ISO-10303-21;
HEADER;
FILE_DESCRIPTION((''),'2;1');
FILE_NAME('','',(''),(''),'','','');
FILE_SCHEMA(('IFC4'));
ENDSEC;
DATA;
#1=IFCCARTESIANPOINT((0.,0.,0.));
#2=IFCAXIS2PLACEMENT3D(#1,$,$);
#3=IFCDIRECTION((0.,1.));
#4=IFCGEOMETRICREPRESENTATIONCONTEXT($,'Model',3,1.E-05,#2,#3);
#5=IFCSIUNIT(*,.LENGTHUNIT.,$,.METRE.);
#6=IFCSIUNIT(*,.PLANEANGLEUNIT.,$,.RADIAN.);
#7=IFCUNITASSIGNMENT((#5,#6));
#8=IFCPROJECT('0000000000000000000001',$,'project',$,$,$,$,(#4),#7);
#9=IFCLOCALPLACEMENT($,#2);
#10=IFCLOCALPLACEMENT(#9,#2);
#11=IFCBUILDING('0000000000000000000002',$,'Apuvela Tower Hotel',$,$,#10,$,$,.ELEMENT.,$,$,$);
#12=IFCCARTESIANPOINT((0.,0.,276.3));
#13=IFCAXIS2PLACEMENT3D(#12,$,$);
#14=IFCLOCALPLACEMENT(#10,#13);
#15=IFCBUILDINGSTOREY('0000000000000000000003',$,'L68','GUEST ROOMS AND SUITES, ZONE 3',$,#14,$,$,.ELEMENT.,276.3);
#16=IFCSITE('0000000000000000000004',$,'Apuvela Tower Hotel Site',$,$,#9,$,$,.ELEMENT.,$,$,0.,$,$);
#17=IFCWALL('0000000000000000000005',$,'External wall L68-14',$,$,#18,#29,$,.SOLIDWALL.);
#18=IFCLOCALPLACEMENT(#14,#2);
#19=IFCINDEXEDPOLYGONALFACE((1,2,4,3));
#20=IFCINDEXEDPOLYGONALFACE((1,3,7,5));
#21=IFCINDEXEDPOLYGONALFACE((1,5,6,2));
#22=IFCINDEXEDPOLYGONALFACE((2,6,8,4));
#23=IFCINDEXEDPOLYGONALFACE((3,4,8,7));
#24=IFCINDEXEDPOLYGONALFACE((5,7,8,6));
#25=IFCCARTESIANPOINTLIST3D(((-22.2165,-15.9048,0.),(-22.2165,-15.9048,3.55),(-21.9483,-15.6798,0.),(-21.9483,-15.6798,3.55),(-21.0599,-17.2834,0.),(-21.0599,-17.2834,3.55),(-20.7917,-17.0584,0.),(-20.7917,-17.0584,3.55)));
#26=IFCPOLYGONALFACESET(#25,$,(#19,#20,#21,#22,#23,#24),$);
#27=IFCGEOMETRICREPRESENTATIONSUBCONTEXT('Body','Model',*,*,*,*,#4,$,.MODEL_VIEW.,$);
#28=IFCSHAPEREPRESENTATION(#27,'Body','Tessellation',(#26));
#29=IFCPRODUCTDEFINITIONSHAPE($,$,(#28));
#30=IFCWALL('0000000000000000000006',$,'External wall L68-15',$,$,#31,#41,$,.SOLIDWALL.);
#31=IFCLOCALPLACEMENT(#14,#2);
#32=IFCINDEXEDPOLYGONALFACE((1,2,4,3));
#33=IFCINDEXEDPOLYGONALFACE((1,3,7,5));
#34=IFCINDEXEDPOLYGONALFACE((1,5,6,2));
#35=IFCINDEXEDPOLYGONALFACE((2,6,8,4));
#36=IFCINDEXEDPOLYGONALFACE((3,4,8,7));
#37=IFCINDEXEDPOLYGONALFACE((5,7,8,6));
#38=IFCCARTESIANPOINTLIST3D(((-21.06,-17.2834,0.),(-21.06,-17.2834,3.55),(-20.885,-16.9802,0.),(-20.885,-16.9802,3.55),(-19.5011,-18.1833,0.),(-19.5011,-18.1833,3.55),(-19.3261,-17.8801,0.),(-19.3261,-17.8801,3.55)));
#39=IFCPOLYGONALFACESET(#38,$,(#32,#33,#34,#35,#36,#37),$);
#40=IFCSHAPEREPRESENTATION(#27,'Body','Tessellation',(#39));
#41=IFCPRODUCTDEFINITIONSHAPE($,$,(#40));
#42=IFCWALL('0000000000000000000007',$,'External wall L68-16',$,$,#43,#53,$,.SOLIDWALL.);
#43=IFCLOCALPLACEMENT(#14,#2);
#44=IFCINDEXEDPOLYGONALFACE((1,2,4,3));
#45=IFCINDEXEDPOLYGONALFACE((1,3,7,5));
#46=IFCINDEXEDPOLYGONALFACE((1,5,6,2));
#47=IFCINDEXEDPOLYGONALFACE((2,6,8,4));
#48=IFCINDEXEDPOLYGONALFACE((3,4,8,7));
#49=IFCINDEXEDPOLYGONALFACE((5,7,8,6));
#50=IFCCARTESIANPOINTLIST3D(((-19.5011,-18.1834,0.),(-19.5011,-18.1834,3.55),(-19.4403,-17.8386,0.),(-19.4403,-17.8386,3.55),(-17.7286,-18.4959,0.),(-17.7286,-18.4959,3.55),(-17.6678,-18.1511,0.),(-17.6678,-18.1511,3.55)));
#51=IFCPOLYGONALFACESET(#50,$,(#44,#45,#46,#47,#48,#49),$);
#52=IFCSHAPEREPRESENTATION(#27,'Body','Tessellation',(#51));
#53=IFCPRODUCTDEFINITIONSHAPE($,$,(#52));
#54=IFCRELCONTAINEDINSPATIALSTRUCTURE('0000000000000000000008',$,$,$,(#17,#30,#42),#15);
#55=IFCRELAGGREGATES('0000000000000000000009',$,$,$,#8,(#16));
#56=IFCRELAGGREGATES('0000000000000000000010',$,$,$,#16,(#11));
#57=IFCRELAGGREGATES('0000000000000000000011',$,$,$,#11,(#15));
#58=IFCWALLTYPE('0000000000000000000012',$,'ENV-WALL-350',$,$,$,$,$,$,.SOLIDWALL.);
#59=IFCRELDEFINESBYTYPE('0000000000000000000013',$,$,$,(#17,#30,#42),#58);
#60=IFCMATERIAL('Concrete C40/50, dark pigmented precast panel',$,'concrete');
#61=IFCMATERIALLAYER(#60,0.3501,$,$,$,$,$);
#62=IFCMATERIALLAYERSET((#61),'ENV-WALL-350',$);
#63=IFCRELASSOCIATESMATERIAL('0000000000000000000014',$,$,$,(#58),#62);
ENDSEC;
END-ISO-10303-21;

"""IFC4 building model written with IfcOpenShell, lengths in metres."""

from ifc_helpers import new_model, si_unit, direction, frame, frame_2d, origin, place, context, subcontext, project, spatial, rectangle, extrude, material, layer, layer_set, type_object, element, save


model = new_model("IFC4")

# Units and contexts
model_context = context("Model", 3, precision=1e-05, world=origin(), true_north=direction((0.0, 1.0)))
body_context = subcontext(model_context, "Body", "Model", "MODEL_VIEW")
ifc_project = project(units=[si_unit("LENGTHUNIT", "METRE"), si_unit("PLANEANGLEUNIT", "RADIAN")], contexts=[model_context])

# Site, building, storey
site_placement = place(None, origin())
site = spatial("IfcSite", under=ifc_project, at=site_placement, Name="Apuvela Tower Hotel Site", CompositionType="ELEMENT", RefElevation=0.0)
building_placement = place(site_placement, origin())
building = spatial("IfcBuilding", under=site, at=building_placement, Name="Apuvela Tower Hotel", CompositionType="ELEMENT")
storey_placement = place(building_placement, frame((0.0, 0.0, 276.3)))
storey = spatial("IfcBuildingStorey", under=building, at=storey_placement, Name="L68", Description="GUEST ROOMS AND SUITES, ZONE 3", CompositionType="ELEMENT", Elevation=276.3)

# Walls
ifc_material_1 = material(Name="Concrete C40/50, dark pigmented precast panel", Category="concrete")
ifc_layer_1 = layer(ifc_material_1, 0.3501)
ifc_layer_set_1 = layer_set([ifc_layer_1], Name="ENV-WALL-350")
wall_type_1 = type_object("IfcWallType", Name="ENV-WALL-350", PredefinedType="SOLIDWALL", material=ifc_layer_set_1)
wall_1_placement = place(storey_placement, frame((-22.0825, -15.7922, 0.0), z_axis=(0.0, 0.0, 1.0), x_axis=(0.642756, -0.766071, 0.0)))
element("IfcWall", 1, at=wall_1_placement, inside=storey, type_object=wall_type_1, Name="External wall L68-14", PredefinedType="SOLIDWALL", context=body_context, shape_type="SweptSolid", body=[
    extrude(rectangle(XDim=1.7996, YDim=0.3501, at=frame_2d((0.8999, 0.0))), origin(), (0.0, 0.0, 1.0), 3.55),
])
wall_2_placement = place(storey_placement, frame((-20.9724, -17.1318, 0.0), z_axis=(0.0, 0.0, 1.0), x_axis=(0.866048, -0.499961, 0.0)))
element("IfcWall", 2, at=wall_2_placement, inside=storey, type_object=wall_type_1, Name="External wall L68-15", PredefinedType="SOLIDWALL", context=body_context, shape_type="SweptSolid", body=[
    extrude(rectangle(XDim=1.8, YDim=0.3501, at=frame_2d((0.8999, 0.0))), origin(), (0.0, 0.0, 1.0), 3.55),
])
wall_3_placement = place(storey_placement, frame((-19.4707, -18.011, 0.0), z_axis=(0.0, 0.0, 1.0), x_axis=(0.984811, -0.173631, 0.0)))
element("IfcWall", 3, at=wall_3_placement, inside=storey, type_object=wall_type_1, Name="External wall L68-16", PredefinedType="SOLIDWALL", context=body_context, shape_type="SweptSolid", body=[
    extrude(rectangle(XDim=1.7998, YDim=0.3501, at=frame_2d((0.8999, 0.0))), origin(), (0.0, 0.0, 1.0), 3.55),
])

save(model, "model.ifc")
